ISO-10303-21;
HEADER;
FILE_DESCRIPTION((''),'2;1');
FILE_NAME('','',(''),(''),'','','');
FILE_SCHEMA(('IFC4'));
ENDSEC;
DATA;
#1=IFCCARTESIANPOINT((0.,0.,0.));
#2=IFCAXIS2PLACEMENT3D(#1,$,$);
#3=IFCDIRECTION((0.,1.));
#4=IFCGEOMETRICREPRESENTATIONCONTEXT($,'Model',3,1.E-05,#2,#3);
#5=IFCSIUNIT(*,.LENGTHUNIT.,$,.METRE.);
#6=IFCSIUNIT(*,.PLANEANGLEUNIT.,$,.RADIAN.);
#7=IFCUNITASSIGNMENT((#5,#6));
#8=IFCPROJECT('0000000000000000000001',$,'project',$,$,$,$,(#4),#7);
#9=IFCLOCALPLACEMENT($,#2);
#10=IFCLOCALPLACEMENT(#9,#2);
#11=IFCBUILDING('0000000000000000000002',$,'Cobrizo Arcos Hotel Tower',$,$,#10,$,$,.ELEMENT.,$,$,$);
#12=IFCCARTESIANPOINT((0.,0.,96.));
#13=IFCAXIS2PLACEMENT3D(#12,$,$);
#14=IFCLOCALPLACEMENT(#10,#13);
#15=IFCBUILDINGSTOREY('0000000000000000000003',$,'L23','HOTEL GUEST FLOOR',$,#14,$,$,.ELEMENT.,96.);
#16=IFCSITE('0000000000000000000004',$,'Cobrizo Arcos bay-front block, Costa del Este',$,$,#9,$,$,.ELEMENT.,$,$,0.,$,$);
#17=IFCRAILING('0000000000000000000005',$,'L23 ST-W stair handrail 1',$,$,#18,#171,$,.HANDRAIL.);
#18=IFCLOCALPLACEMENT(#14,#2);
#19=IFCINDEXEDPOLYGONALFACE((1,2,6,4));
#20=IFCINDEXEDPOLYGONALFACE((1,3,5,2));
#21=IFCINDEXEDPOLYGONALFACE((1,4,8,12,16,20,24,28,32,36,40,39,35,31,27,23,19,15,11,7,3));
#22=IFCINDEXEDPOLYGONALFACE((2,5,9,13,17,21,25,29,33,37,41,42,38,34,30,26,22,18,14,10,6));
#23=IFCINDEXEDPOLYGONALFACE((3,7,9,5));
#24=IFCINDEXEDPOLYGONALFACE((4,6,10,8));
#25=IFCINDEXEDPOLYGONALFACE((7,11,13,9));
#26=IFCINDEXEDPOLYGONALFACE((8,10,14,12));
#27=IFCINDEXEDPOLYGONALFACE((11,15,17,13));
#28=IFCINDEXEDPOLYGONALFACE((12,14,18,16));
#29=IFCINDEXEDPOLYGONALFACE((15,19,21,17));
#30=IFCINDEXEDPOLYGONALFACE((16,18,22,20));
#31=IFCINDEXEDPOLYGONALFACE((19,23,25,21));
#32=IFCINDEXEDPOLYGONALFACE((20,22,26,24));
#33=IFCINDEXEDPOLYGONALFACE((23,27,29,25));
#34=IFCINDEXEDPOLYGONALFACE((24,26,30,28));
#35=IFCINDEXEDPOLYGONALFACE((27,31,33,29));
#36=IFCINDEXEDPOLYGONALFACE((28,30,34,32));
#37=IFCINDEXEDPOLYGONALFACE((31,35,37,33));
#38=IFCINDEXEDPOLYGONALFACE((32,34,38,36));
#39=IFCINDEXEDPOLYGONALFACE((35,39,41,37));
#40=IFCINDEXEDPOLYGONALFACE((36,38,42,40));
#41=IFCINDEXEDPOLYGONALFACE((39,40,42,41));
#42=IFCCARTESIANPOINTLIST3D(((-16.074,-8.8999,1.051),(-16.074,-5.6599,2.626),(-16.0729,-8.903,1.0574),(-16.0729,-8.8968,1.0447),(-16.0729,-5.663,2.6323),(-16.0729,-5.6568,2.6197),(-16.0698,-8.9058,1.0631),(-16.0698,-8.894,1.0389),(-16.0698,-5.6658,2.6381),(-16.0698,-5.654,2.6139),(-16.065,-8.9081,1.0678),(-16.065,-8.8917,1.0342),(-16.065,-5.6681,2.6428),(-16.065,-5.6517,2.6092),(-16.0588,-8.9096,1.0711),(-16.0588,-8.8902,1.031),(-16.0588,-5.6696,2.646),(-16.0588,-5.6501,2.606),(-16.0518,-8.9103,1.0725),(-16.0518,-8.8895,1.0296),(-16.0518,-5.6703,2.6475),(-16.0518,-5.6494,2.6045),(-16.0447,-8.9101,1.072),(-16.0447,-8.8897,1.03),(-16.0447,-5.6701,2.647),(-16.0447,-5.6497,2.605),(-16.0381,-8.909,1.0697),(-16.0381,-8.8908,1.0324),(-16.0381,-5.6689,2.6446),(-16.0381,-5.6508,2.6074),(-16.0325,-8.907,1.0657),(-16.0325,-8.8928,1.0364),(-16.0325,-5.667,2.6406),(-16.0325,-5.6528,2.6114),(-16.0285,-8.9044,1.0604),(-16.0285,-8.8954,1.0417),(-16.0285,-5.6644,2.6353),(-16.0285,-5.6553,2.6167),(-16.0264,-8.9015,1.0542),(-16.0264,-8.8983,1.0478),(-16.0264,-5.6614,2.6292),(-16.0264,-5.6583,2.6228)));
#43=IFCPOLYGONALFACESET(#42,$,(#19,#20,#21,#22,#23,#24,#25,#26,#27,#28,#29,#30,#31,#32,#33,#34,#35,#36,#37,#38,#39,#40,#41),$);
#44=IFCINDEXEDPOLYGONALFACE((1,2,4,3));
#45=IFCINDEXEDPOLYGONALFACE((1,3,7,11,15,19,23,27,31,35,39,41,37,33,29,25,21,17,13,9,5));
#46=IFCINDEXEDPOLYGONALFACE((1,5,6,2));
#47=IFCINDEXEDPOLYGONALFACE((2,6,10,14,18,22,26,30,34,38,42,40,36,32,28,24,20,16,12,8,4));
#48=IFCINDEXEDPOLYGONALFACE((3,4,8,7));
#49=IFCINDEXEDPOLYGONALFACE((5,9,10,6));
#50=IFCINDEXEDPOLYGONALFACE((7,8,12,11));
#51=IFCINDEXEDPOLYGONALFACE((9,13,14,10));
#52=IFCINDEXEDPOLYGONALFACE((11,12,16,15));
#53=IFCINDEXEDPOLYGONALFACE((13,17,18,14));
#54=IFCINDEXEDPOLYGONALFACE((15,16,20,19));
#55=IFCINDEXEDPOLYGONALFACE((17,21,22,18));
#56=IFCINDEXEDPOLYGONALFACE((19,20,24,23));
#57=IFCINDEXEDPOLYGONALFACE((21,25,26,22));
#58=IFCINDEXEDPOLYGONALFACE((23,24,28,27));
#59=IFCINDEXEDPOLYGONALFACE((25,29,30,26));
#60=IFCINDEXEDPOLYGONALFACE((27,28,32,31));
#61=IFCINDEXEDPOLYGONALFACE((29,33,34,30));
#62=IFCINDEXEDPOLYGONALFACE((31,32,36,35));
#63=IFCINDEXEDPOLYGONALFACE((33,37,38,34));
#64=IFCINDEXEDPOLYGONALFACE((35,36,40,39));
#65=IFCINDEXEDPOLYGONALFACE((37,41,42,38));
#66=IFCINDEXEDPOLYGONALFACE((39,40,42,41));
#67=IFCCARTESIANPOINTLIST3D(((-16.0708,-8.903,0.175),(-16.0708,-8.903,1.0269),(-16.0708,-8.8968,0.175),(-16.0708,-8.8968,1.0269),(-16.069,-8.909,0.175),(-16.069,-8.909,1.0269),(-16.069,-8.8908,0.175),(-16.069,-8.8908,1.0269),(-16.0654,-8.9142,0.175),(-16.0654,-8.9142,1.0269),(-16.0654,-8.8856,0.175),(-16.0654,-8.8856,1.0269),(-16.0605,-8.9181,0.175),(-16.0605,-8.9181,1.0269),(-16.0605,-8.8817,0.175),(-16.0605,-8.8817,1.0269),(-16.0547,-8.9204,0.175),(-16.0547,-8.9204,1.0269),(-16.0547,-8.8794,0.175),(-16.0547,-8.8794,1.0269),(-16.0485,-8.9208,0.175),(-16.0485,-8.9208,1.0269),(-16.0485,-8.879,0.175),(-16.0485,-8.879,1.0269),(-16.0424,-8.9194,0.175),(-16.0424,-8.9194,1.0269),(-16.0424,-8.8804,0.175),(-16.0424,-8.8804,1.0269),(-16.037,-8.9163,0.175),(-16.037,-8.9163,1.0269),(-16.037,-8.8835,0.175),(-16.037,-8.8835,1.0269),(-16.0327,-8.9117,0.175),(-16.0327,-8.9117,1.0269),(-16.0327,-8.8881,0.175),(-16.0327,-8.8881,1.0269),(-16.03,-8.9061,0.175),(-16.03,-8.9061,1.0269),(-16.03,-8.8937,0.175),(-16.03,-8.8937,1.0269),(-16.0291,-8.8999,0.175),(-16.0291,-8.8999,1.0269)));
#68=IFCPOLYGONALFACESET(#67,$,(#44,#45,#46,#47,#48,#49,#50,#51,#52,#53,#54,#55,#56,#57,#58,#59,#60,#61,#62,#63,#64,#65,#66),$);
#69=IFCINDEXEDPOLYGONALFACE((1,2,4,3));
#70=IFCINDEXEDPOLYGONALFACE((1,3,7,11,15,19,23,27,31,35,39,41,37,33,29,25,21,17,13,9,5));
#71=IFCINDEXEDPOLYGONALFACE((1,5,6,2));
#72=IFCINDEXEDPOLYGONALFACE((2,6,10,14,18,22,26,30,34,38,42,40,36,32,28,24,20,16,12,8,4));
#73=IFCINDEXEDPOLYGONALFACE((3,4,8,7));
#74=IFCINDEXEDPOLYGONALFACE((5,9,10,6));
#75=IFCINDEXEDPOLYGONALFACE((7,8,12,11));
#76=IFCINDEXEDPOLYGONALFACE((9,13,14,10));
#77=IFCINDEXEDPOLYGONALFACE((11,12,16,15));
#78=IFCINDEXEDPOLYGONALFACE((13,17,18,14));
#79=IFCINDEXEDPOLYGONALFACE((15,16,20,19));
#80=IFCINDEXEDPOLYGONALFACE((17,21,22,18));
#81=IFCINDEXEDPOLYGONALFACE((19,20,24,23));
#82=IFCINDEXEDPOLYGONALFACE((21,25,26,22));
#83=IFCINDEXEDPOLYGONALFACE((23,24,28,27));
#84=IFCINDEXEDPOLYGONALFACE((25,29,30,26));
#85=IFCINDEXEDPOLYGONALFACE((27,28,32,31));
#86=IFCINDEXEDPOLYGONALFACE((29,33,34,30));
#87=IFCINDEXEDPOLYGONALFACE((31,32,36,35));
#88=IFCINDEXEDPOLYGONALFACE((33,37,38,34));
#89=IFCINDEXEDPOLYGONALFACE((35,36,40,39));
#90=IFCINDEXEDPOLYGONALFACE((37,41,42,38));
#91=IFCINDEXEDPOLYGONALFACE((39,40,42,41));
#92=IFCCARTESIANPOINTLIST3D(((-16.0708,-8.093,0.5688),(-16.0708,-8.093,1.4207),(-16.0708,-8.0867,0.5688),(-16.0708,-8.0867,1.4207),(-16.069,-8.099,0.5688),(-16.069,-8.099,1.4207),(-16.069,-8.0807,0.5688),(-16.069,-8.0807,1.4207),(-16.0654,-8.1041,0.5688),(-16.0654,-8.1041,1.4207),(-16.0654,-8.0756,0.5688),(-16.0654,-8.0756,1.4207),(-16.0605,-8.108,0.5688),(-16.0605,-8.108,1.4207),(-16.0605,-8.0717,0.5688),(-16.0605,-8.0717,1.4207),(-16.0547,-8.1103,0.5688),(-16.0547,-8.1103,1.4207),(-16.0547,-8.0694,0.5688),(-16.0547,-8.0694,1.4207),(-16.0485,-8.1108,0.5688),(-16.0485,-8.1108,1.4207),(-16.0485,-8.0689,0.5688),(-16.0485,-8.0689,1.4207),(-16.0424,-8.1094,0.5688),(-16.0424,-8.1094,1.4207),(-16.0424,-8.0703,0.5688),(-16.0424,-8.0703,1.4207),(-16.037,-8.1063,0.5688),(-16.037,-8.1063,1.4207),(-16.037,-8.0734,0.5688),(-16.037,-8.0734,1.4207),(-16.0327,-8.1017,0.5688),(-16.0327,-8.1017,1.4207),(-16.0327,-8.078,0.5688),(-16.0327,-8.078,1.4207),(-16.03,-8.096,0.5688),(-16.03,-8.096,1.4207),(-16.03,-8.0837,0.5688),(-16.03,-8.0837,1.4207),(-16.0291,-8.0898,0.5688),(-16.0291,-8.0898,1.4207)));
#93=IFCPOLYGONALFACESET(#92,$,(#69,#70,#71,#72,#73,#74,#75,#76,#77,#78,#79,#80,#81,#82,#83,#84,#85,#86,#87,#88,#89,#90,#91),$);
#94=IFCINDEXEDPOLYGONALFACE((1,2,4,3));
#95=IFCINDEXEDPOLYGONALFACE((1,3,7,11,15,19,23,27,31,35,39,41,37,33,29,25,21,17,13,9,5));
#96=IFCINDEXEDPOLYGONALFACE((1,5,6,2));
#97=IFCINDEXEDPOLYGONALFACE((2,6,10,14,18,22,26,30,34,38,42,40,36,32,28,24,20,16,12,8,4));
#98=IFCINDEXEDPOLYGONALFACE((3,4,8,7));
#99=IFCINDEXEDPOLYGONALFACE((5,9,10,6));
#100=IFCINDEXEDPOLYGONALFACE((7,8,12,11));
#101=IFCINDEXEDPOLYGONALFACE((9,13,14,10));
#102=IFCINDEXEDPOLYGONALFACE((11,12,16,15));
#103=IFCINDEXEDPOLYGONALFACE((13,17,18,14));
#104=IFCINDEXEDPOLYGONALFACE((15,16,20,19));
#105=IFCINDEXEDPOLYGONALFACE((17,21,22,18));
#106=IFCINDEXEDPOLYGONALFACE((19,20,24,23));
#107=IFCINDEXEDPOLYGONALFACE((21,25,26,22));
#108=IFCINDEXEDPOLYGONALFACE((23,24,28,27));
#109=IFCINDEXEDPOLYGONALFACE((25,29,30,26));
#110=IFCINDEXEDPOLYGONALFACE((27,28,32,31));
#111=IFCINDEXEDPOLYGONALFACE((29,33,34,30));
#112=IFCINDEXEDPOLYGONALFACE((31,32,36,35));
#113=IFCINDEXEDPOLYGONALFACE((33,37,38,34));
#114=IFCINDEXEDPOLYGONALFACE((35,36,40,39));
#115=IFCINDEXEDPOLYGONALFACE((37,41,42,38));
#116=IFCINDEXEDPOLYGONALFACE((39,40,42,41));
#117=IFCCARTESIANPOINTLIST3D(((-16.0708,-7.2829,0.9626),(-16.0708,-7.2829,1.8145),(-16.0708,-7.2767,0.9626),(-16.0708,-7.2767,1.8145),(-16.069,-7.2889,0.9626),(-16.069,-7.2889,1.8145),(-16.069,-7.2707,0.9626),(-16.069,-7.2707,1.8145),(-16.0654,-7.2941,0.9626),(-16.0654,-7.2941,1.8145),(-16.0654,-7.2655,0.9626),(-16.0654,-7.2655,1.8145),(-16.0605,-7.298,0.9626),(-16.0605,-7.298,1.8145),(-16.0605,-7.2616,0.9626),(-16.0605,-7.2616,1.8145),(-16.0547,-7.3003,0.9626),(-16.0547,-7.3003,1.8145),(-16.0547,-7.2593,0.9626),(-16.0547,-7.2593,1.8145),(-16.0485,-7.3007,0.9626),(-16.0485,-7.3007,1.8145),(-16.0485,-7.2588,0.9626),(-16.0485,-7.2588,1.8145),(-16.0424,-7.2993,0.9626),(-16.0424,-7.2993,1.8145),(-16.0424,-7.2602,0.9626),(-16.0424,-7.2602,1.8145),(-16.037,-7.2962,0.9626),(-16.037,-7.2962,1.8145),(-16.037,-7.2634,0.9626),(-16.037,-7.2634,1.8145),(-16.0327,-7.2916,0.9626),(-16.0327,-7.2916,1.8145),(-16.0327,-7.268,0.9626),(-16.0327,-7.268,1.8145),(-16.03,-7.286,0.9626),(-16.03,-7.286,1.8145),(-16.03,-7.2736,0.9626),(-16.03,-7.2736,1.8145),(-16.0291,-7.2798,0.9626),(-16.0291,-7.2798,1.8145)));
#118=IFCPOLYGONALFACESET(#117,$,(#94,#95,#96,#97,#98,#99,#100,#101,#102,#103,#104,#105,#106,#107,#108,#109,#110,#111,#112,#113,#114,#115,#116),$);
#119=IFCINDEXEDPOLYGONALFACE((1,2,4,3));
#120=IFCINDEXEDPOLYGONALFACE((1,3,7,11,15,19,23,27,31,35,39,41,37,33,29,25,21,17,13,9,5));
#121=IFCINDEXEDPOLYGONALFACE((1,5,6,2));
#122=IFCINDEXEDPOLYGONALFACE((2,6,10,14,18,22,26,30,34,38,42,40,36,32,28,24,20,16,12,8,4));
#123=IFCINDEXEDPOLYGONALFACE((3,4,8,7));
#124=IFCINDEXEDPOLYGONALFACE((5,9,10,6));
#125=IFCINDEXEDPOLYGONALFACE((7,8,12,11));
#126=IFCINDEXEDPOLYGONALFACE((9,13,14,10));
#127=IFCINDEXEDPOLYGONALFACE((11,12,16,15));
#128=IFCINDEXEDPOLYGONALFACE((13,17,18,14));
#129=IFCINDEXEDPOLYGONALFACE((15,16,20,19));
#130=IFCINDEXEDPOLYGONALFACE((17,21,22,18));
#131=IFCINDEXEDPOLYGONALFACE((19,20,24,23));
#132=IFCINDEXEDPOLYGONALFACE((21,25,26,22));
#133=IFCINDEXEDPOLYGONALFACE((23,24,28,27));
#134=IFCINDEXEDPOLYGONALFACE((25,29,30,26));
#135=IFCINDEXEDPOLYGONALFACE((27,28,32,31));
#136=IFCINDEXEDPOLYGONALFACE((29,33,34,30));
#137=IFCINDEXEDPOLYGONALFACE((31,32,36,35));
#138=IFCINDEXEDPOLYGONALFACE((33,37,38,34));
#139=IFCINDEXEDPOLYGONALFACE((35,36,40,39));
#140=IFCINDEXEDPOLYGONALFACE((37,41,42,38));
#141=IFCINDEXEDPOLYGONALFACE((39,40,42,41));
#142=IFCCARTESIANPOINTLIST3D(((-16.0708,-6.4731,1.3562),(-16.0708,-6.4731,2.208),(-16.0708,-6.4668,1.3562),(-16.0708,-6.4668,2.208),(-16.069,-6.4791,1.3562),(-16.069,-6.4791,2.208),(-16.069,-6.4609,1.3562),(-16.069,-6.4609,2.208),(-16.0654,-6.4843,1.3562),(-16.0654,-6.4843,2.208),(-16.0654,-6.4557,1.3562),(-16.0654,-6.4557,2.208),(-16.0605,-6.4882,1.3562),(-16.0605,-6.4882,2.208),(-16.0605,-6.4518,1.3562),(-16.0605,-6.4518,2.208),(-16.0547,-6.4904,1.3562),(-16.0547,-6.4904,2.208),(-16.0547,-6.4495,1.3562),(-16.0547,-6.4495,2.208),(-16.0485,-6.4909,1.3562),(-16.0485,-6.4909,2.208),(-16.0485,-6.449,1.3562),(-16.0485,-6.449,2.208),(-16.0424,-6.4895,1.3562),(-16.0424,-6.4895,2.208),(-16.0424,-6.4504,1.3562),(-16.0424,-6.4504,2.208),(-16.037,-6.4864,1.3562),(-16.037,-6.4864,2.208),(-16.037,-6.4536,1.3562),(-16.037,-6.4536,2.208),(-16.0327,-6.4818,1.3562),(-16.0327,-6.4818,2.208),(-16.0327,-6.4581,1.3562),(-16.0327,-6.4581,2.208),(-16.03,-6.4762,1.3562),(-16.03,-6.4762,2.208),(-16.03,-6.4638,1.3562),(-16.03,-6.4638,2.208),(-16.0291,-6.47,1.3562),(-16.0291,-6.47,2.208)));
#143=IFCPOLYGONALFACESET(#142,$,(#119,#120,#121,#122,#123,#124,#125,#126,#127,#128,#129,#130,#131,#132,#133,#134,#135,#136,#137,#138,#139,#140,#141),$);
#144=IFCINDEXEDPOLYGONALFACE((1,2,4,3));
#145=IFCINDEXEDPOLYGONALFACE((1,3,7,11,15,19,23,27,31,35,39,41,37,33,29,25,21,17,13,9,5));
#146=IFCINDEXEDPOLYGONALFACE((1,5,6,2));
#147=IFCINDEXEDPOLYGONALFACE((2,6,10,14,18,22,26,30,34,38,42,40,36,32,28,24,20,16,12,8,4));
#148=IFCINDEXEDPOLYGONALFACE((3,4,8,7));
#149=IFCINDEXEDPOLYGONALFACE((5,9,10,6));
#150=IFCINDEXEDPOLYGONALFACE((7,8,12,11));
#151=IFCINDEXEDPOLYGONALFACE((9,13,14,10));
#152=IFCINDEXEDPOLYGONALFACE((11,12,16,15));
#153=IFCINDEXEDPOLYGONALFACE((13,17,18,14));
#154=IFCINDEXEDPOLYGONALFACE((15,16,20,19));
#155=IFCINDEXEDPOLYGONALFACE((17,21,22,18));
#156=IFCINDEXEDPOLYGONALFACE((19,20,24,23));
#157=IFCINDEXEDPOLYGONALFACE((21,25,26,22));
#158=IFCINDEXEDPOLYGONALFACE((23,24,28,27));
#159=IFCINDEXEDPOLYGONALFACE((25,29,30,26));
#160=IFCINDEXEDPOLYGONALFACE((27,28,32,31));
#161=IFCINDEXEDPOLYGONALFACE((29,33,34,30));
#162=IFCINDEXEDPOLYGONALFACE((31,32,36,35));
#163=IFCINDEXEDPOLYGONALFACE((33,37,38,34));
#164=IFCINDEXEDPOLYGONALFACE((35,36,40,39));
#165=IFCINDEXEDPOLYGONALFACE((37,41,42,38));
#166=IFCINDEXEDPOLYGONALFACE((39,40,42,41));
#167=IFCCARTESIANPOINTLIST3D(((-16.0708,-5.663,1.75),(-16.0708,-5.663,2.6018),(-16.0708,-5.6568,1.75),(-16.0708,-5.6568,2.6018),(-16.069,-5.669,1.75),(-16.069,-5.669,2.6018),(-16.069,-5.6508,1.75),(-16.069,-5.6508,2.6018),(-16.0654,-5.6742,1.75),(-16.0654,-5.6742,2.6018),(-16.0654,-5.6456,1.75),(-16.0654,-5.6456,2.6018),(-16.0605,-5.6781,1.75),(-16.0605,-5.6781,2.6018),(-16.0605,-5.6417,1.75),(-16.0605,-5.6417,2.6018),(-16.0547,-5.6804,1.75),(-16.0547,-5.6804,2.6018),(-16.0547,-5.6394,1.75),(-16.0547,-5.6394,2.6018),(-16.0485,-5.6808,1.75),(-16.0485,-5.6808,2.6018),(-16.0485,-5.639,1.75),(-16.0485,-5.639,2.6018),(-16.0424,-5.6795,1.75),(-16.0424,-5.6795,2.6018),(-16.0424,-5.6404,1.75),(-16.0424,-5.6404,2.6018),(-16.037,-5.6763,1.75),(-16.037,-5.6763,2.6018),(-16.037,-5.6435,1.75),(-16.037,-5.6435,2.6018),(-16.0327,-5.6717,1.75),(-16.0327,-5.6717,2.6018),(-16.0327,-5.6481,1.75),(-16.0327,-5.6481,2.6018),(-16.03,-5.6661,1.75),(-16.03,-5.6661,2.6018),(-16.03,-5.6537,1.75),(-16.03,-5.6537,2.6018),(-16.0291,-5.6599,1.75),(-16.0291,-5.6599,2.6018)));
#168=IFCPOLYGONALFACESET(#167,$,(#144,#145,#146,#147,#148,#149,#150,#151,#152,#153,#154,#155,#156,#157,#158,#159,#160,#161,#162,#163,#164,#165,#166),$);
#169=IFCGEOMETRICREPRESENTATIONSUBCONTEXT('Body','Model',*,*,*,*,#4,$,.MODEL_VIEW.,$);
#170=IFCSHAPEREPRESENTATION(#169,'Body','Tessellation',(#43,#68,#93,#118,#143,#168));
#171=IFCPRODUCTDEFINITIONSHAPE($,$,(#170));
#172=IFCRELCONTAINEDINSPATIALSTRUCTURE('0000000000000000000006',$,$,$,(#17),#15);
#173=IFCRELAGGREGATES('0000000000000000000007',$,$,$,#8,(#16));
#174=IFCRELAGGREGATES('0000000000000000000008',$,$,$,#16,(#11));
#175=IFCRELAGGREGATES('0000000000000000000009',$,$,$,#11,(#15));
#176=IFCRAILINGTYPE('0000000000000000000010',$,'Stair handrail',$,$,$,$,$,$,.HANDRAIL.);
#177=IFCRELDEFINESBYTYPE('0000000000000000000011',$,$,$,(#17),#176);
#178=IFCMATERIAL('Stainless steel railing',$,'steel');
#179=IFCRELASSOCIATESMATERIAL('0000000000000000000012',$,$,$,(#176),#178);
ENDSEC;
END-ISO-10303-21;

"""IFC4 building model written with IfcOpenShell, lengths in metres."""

from ifc_helpers import new_model, si_unit, direction, frame, origin, origin_2d, place, context, subcontext, project, spatial, circle, extrude, material, type_object, element, save


model = new_model("IFC4")

# Units and contexts
model_context = context("Model", 3, precision=1e-05, world=origin(), true_north=direction((0.0, 1.0)))
body_context = subcontext(model_context, "Body", "Model", "MODEL_VIEW")
ifc_project = project(units=[si_unit("LENGTHUNIT", "METRE"), si_unit("PLANEANGLEUNIT", "RADIAN")], contexts=[model_context])

# Site, building, storey
site_placement = place(None, origin())
site = spatial("IfcSite", under=ifc_project, at=site_placement, Name="Cobrizo Arcos bay-front block, Costa del Este", CompositionType="ELEMENT", RefElevation=0.0)
building_placement = place(site_placement, origin())
building = spatial("IfcBuilding", under=site, at=building_placement, Name="Cobrizo Arcos Hotel Tower", CompositionType="ELEMENT")
storey_placement = place(building_placement, frame((0.0, 0.0, 96.0)))
storey = spatial("IfcBuildingStorey", under=building, at=storey_placement, Name="L23", Description="HOTEL GUEST FLOOR", CompositionType="ELEMENT", Elevation=96.0)

# Railing
ifc_material_1 = material(Name="Stainless steel railing", Category="steel")
railing_type_1 = type_object("IfcRailingType", Name="Stair handrail", PredefinedType="HANDRAIL", material=ifc_material_1)
railing_1_placement = place(storey_placement, frame((-16.05, -8.8999, 0.175)))
element("IfcRailing", 1, at=railing_1_placement, inside=storey, type_object=railing_type_1, Name="L23 ST-W stair handrail 1", PredefinedType="HANDRAIL", context=body_context, shape_type="SweptSolid", body=[
    extrude(circle(Radius=0.0239, at=origin_2d()), frame((0.0, 0.0, 0.876), z_axis=(0.0, 0.899373, 0.437183), x_axis=(-1.0, 0.0, 0.0)), (0.0, 0.0, 1.0), 3.6025),
    extrude(circle(Radius=0.021, at=origin_2d()), origin(), (0.0, 0.0, 1.0), 0.8518),
    extrude(circle(Radius=0.021, at=origin_2d()), frame((0.0, 0.8101, 0.3938)), (0.0, 0.0, 1.0), 0.8518),
    extrude(circle(Radius=0.021, at=origin_2d()), frame((0.0, 1.6201, 0.7876)), (0.0, 0.0, 1.0), 0.8518),
    extrude(circle(Radius=0.021, at=origin_2d()), frame((0.0, 2.4299, 1.1812)), (0.0, 0.0, 1.0), 0.8518),
    extrude(circle(Radius=0.021, at=origin_2d()), frame((0.0, 3.24, 1.575)), (0.0, 0.0, 1.0), 0.8518),
])

save(model, "model.ifc")
